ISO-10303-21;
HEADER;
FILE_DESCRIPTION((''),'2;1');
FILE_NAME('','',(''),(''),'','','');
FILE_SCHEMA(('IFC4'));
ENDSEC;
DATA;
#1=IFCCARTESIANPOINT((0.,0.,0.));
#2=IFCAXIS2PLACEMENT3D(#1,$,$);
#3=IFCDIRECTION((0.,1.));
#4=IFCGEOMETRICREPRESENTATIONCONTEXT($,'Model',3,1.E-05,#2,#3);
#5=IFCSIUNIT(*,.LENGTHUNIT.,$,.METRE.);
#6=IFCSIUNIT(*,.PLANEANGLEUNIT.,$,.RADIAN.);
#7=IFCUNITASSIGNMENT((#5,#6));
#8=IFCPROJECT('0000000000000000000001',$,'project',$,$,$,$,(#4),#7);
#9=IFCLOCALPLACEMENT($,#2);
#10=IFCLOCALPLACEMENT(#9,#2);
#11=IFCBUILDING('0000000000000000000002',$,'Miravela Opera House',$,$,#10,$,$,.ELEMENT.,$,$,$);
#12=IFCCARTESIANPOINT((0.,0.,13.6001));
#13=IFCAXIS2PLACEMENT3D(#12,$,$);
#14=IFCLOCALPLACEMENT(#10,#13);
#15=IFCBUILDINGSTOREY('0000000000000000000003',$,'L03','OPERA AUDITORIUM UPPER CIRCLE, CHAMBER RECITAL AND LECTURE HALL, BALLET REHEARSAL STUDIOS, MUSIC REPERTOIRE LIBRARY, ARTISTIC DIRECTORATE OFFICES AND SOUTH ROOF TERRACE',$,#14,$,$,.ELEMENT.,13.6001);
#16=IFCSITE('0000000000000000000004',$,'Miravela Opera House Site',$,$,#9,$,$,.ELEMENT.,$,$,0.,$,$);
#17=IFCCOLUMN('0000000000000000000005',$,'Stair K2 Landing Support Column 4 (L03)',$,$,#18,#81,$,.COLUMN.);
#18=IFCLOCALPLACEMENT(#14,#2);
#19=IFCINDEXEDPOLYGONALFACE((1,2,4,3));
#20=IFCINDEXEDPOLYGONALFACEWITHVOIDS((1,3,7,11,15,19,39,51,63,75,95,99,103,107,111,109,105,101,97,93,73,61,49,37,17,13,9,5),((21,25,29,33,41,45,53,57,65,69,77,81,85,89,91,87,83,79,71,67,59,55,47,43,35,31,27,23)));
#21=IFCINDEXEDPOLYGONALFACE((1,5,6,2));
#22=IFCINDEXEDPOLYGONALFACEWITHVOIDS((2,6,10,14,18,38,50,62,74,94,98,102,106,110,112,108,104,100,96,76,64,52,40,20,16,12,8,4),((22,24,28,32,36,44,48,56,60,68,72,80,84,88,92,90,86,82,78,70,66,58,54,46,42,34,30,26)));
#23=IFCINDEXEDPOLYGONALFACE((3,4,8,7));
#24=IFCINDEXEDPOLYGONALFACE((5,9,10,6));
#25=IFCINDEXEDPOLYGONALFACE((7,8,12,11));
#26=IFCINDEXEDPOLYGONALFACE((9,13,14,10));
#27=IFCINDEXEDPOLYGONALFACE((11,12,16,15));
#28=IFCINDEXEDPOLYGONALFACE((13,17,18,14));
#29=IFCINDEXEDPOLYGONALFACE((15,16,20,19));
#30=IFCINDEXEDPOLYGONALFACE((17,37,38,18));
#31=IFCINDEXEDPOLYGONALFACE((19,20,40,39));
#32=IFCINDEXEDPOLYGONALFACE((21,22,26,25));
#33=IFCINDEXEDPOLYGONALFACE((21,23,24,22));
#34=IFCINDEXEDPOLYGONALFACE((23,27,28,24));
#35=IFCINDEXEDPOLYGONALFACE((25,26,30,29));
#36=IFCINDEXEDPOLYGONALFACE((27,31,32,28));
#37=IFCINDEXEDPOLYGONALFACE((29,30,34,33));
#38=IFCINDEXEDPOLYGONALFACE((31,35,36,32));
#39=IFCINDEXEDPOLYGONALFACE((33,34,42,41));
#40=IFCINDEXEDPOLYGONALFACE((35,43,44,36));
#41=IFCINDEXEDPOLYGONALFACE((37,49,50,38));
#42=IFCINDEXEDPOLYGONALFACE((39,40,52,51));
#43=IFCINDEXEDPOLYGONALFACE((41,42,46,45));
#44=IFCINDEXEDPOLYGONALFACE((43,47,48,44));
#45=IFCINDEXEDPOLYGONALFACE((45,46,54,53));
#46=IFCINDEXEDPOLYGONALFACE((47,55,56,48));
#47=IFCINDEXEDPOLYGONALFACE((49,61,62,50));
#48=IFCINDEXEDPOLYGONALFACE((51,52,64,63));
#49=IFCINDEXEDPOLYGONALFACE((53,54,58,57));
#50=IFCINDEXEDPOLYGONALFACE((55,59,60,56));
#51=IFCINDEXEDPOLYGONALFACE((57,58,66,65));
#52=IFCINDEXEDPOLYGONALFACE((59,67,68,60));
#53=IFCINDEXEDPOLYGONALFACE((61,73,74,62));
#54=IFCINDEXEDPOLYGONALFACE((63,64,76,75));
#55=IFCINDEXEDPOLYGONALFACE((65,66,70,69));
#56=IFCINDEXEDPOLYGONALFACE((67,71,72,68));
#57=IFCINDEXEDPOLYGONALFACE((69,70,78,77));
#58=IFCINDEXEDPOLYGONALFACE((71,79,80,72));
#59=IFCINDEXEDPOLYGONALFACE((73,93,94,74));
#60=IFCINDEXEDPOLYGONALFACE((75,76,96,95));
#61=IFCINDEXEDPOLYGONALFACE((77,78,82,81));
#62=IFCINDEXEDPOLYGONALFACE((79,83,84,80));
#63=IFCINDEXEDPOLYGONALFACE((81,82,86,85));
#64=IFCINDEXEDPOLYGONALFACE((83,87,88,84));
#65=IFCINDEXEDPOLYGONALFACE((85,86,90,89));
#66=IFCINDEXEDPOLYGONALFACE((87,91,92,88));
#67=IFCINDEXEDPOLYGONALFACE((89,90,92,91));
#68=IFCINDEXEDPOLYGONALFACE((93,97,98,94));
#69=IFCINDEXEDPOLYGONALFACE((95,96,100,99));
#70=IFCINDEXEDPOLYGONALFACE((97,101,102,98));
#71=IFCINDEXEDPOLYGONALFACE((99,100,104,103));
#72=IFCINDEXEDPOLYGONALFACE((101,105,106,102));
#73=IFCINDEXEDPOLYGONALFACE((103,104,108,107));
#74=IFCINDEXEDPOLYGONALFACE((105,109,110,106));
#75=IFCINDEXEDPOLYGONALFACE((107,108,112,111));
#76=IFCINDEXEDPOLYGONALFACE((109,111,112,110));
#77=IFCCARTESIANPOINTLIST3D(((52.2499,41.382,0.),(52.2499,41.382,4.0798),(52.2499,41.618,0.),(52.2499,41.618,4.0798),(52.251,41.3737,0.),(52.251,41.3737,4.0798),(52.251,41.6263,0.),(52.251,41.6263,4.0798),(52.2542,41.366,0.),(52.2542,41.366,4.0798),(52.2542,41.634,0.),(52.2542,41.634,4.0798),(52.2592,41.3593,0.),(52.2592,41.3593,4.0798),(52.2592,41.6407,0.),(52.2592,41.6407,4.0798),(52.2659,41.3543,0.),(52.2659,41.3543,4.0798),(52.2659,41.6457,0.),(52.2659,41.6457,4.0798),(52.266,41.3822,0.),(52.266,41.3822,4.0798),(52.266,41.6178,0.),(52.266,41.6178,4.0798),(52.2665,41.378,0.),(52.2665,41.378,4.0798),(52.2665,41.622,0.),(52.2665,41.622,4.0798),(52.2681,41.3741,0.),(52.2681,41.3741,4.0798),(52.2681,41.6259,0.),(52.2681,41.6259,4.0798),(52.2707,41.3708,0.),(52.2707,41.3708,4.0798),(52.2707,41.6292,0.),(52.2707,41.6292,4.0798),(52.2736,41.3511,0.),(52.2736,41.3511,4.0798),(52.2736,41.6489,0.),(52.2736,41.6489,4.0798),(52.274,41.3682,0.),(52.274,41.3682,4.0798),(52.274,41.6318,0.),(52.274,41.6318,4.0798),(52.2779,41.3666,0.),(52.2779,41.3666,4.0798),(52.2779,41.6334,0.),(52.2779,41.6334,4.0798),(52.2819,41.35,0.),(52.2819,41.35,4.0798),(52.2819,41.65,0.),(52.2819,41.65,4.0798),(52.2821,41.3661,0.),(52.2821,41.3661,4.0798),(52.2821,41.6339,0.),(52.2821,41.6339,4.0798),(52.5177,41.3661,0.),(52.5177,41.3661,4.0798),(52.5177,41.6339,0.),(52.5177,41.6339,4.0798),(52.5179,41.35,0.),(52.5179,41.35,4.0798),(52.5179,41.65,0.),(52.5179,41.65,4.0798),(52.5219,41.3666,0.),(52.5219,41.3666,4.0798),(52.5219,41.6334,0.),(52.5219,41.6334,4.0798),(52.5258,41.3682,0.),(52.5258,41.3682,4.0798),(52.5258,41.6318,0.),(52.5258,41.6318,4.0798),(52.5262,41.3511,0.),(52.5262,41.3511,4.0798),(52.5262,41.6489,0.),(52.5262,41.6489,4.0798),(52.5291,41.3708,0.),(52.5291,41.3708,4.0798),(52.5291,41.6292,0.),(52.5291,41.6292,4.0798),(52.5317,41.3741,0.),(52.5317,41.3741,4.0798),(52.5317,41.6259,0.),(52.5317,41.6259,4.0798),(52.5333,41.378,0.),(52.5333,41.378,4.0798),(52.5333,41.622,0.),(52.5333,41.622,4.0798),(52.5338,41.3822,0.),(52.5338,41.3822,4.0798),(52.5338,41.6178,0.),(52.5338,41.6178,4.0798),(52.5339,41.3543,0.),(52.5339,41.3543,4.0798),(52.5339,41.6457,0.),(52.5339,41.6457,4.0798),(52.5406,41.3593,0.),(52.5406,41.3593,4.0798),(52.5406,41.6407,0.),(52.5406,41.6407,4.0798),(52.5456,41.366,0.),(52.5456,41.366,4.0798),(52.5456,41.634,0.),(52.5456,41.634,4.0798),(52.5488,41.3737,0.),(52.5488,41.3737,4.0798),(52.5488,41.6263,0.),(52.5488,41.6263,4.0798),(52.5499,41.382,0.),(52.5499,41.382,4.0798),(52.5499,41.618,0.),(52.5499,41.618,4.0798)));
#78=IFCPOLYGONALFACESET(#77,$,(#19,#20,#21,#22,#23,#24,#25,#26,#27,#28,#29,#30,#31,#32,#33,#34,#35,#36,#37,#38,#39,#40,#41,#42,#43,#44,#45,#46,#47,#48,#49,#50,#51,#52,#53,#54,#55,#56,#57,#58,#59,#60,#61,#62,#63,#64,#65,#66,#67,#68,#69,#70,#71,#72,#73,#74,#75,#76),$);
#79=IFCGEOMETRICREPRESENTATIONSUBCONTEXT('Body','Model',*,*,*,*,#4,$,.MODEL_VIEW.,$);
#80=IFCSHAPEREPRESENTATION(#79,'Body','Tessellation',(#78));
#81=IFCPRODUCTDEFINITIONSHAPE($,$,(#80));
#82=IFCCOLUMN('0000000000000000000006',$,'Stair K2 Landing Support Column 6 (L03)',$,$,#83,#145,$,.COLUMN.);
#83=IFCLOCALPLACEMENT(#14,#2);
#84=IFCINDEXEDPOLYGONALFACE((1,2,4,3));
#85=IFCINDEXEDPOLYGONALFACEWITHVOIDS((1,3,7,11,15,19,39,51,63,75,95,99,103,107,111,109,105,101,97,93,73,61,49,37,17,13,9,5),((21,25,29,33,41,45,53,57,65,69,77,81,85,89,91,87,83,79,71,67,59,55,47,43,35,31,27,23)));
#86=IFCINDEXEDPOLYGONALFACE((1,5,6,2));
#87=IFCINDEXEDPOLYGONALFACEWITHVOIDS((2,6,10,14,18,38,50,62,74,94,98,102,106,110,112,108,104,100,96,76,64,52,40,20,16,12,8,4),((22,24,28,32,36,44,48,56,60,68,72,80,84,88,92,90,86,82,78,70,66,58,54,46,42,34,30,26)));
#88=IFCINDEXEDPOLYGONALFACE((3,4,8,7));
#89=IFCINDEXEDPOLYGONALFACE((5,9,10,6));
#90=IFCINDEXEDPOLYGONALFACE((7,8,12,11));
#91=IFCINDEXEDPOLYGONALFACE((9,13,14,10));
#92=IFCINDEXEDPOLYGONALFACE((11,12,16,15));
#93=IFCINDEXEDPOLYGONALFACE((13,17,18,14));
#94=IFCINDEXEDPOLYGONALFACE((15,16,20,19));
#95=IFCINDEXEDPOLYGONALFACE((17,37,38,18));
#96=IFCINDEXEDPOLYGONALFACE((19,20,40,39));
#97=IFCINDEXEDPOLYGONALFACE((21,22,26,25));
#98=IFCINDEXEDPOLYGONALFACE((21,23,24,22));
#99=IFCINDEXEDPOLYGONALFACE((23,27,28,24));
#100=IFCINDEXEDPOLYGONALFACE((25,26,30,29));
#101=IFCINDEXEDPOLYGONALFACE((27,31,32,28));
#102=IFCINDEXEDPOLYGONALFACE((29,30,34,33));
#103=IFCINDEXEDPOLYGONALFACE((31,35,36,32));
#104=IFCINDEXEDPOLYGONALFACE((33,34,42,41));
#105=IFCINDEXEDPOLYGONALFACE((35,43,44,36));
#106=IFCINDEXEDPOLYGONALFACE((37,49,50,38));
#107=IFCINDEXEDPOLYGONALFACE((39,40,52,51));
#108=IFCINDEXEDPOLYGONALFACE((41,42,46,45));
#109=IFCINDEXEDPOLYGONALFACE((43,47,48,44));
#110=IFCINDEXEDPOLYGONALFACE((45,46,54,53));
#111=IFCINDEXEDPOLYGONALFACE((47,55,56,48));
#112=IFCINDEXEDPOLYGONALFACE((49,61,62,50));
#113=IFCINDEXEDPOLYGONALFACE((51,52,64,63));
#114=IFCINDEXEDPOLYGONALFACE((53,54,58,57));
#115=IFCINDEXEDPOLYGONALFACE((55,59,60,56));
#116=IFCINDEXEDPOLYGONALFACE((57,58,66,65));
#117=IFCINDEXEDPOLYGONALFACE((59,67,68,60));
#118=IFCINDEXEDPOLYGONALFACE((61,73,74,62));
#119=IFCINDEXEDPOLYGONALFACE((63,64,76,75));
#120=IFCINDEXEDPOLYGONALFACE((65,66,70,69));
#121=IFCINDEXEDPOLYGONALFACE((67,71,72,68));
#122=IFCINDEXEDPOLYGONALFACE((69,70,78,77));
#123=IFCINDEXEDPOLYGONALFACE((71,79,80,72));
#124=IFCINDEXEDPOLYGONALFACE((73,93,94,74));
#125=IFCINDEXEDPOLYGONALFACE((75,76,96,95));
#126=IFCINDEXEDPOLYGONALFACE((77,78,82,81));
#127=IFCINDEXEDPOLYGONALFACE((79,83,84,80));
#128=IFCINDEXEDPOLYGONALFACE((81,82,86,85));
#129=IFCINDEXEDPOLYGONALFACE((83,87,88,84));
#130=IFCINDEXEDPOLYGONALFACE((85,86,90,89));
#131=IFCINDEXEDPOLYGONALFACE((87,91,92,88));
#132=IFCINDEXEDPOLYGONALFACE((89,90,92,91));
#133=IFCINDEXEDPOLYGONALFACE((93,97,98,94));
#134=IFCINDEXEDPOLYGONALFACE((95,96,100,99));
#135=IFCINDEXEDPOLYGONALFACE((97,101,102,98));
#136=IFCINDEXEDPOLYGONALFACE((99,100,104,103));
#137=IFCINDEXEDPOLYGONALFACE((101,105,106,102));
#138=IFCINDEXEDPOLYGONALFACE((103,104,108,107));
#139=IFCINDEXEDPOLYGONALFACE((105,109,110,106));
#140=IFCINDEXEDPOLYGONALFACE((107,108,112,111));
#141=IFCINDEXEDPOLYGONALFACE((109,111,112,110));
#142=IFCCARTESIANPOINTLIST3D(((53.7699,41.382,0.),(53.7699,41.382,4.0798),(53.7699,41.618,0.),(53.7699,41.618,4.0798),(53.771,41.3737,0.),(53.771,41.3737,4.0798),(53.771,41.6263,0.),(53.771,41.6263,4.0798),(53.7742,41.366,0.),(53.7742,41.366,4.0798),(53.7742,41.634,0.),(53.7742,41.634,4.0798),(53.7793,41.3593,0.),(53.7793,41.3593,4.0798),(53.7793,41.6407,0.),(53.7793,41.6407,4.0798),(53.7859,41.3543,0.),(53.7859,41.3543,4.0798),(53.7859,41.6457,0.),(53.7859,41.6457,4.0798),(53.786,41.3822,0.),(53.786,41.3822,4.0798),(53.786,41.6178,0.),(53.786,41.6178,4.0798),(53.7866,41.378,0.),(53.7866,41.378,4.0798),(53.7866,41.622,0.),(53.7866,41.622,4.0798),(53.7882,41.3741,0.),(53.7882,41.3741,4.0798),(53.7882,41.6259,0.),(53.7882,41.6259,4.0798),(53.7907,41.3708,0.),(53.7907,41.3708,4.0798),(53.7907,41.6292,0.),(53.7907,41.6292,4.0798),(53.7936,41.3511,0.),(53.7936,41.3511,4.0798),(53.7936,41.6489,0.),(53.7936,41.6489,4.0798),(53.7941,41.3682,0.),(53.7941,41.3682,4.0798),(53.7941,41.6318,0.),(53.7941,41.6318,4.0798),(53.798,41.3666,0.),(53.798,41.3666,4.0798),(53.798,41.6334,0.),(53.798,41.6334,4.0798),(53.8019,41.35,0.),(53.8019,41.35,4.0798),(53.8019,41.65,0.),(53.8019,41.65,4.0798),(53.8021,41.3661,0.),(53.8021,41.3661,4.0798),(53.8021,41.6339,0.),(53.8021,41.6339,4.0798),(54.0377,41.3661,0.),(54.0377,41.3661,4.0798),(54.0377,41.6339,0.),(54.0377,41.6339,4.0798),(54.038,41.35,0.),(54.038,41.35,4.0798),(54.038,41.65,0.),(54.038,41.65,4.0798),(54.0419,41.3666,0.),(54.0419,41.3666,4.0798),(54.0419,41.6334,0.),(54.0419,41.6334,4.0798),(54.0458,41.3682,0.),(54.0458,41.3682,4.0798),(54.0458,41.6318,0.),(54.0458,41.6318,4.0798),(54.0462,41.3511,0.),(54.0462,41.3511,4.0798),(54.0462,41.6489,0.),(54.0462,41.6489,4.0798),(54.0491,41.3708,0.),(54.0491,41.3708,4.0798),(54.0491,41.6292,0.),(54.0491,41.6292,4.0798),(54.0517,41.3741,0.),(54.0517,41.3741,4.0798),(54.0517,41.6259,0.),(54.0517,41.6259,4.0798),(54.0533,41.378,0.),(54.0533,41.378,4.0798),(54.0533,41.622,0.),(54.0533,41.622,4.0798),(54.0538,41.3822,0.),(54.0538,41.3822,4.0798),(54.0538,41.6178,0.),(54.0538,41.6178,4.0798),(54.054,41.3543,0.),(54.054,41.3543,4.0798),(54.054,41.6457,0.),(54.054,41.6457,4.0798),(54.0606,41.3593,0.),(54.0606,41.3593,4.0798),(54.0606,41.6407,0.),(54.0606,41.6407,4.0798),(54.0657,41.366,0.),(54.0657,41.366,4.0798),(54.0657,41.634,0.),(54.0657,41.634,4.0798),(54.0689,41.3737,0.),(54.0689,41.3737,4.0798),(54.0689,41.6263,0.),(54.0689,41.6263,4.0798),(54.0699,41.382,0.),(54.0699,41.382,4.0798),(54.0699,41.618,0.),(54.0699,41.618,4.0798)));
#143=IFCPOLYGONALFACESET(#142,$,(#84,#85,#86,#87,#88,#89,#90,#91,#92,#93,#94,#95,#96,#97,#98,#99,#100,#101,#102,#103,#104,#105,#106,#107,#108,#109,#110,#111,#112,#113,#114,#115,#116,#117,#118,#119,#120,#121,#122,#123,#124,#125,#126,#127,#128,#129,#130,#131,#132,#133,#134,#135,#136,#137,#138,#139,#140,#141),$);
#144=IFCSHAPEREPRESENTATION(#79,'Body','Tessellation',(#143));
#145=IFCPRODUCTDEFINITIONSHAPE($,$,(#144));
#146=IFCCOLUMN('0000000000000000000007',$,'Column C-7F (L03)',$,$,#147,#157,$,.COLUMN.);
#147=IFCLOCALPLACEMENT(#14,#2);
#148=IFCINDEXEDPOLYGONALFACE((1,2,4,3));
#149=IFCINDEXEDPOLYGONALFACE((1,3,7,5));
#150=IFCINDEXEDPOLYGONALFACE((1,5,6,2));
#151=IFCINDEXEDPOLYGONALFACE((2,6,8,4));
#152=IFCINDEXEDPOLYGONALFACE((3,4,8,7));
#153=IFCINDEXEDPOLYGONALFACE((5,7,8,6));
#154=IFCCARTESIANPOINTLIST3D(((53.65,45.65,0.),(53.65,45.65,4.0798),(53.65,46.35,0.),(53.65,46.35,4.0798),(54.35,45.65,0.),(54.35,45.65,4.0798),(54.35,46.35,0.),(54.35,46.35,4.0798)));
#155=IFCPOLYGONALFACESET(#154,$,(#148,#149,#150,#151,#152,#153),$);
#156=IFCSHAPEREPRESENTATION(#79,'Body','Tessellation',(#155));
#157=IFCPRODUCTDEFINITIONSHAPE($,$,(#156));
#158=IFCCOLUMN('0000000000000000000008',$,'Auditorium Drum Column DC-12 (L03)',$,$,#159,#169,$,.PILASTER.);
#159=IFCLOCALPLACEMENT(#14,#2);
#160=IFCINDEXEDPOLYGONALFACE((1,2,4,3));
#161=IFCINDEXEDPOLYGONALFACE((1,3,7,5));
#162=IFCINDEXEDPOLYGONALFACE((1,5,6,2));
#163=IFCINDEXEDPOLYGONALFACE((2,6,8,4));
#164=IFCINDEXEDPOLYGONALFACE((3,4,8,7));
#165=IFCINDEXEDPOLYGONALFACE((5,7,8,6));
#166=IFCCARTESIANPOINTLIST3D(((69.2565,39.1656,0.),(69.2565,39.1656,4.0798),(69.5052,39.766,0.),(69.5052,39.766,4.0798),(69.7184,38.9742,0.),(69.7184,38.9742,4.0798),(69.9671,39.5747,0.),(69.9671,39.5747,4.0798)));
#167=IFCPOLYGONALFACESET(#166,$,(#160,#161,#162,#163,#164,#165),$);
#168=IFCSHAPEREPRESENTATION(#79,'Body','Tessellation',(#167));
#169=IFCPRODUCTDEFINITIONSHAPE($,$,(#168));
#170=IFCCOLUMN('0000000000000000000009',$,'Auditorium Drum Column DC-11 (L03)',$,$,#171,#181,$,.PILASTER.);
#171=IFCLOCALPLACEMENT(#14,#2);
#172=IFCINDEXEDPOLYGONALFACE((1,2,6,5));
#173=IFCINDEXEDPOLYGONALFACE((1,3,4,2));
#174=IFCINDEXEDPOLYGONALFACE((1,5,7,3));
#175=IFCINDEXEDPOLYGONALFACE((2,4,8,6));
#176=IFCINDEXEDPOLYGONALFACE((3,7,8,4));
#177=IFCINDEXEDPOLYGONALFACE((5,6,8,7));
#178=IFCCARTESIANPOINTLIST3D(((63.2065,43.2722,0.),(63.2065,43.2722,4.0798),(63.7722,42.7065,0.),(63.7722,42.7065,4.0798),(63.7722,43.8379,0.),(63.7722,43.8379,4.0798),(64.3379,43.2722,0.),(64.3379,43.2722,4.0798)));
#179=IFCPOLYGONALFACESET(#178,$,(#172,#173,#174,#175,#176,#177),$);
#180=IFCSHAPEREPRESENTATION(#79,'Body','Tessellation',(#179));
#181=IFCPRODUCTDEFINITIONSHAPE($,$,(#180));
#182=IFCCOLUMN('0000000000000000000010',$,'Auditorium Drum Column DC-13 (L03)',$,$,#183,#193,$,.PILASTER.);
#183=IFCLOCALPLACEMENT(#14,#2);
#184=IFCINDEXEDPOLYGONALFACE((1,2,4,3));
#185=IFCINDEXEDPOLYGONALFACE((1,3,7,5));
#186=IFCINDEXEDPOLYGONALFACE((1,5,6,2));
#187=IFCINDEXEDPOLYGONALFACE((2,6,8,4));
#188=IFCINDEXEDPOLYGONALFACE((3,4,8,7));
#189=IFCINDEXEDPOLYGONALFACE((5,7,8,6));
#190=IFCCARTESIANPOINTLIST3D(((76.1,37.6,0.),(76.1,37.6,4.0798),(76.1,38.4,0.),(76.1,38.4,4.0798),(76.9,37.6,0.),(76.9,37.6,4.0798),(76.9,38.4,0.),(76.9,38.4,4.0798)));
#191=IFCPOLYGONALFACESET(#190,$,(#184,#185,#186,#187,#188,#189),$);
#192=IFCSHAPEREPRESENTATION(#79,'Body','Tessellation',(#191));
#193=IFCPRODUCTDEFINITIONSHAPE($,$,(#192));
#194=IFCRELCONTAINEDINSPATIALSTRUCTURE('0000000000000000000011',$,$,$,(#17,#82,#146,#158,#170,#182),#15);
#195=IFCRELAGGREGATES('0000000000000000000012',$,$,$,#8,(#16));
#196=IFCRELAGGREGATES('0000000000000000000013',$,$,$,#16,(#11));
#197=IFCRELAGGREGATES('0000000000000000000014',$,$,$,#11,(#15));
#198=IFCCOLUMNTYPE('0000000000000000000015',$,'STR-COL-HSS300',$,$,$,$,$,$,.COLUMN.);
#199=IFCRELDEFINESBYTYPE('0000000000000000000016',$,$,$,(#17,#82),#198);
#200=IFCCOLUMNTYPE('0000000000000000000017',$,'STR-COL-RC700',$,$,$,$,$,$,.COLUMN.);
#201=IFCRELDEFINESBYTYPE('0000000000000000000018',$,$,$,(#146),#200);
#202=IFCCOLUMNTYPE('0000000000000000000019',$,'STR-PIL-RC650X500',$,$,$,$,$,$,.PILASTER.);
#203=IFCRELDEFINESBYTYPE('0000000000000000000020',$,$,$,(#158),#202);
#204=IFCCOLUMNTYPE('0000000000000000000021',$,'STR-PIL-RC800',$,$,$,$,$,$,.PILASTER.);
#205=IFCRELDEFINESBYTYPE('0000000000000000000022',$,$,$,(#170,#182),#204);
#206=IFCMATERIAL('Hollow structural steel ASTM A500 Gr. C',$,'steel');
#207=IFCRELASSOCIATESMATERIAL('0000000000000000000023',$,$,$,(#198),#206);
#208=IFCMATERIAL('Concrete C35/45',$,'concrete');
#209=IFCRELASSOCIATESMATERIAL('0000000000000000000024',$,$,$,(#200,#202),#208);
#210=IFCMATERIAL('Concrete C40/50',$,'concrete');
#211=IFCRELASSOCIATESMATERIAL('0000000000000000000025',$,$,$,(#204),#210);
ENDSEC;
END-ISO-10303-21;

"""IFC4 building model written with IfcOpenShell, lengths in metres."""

from ifc_helpers import new_model, si_unit, direction, frame, origin, origin_2d, place, context, subcontext, project, spatial, rectangle, hollow_rectangle, extrude, material, material_profile, profile_set, type_object, element, save


model = new_model("IFC4")

# Units and contexts
model_context = context("Model", 3, precision=1e-05, world=origin(), true_north=direction((0.0, 1.0)))
body_context = subcontext(model_context, "Body", "Model", "MODEL_VIEW")
ifc_project = project(units=[si_unit("LENGTHUNIT", "METRE"), si_unit("PLANEANGLEUNIT", "RADIAN")], contexts=[model_context])

# Site, building, storey
site_placement = place(None, origin())
site = spatial("IfcSite", under=ifc_project, at=site_placement, Name="Miravela Opera House Site", CompositionType="ELEMENT", RefElevation=0.0)
building_placement = place(site_placement, origin())
building = spatial("IfcBuilding", under=site, at=building_placement, Name="Miravela Opera House", CompositionType="ELEMENT")
storey_placement = place(building_placement, frame((0.0, 0.0, 13.6001)))
storey = spatial("IfcBuildingStorey", under=building, at=storey_placement, Name="L03", Description="OPERA AUDITORIUM UPPER CIRCLE, CHAMBER RECITAL AND LECTURE HALL, BALLET REHEARSAL STUDIOS, MUSIC REPERTOIRE LIBRARY, ARTISTIC DIRECTORATE OFFICES AND SOUTH ROOF TERRACE", CompositionType="ELEMENT", Elevation=13.6001)

# Columns
ifc_material_1 = material(Name="Hollow structural steel ASTM A500 Gr. C", Category="steel")
ifc_material_profile_1 = material_profile(ifc_material_1, hollow_rectangle(XDim=0.3, YDim=0.3, WallThickness=0.0161, InnerFilletRadius=0.0161, OuterFilletRadius=0.032, at=origin_2d()), Name="HSS300X300X16")
ifc_profile_set_1 = profile_set([ifc_material_profile_1])
column_type_1 = type_object("IfcColumnType", Name="STR-COL-HSS300", PredefinedType="COLUMN", material=ifc_profile_set_1)
for number, where, z_axis, x_axis, name in (
    (1, (52.3999, 41.5, 0.0), (0.0, 0.0, 1.0), (1.0, 0.0, 0.0), "Stair K2 Landing Support Column 4 (L03)"),
    (2, (53.9199, 41.5, 0.0), (0.0, 0.0, 1.0), (1.0, 0.0, 0.0), "Stair K2 Landing Support Column 6 (L03)"),
):
    element("IfcColumn", number, at=place(storey_placement, frame(where, z_axis=z_axis, x_axis=x_axis)), inside=storey, type_object=column_type_1, Name=name, PredefinedType="COLUMN", context=body_context, shape_type="SweptSolid", body=[
        extrude(hollow_rectangle(XDim=0.3, YDim=0.3, WallThickness=0.0161, InnerFilletRadius=0.0161, OuterFilletRadius=0.032, at=origin_2d()), origin(), (0.0, 0.0, 1.0), 4.0798),
    ])
ifc_material_2 = material(Name="Concrete C35/45", Category="concrete")
ifc_material_profile_2 = material_profile(ifc_material_2, rectangle(XDim=0.7, YDim=0.7, at=origin_2d()), Name="RC-COL-700X700")
ifc_profile_set_2 = profile_set([ifc_material_profile_2])
column_type_2 = type_object("IfcColumnType", Name="STR-COL-RC700", PredefinedType="COLUMN", material=ifc_profile_set_2)
column_1_placement = place(storey_placement, frame((54.0, 46.0, 0.0), z_axis=(0.0, 0.0, 1.0), x_axis=(1.0, 0.0, 0.0)))
element("IfcColumn", 3, at=column_1_placement, inside=storey, type_object=column_type_2, Name="Column C-7F (L03)", PredefinedType="COLUMN", context=body_context, shape_type="SweptSolid", body=[
    extrude(rectangle(XDim=0.7, YDim=0.7, at=origin_2d()), origin(), (0.0, 0.0, 1.0), 4.0798),
])
ifc_material_profile_3 = material_profile(ifc_material_2, rectangle(XDim=0.6499, YDim=0.5, at=origin_2d()), Name="RC-PIL-650X500")
ifc_profile_set_3 = profile_set([ifc_material_profile_3])
column_type_3 = type_object("IfcColumnType", Name="STR-PIL-RC650X500", PredefinedType="PILASTER", material=ifc_profile_set_3)
column_2_placement = place(storey_placement, frame((69.6118, 39.3701, 0.0), z_axis=(0.0, 0.0, 1.0), x_axis=(-0.382683, -0.92388, 0.0)))
element("IfcColumn", 4, at=column_2_placement, inside=storey, type_object=column_type_3, Name="Auditorium Drum Column DC-12 (L03)", PredefinedType="PILASTER", context=body_context, shape_type="SweptSolid", body=[
    extrude(rectangle(XDim=0.6499, YDim=0.5, at=origin_2d()), origin(), (0.0, 0.0, 1.0), 4.0798),
])
ifc_material_3 = material(Name="Concrete C40/50", Category="concrete")
ifc_material_profile_4 = material_profile(ifc_material_3, rectangle(XDim=0.8, YDim=0.8, at=origin_2d()), Name="RC-COL-800X800")
ifc_profile_set_4 = profile_set([ifc_material_profile_4])
column_type_4 = type_object("IfcColumnType", Name="STR-PIL-RC800", PredefinedType="PILASTER", material=ifc_profile_set_4)
for number, where, z_axis, x_axis, name in (
    (5, (63.7722, 43.2722, 0.0), (0.0, 0.0, 1.0), (-0.707107, -0.707107, 0.0), "Auditorium Drum Column DC-11 (L03)"),
    (6, (76.5, 38.0, 0.0), (0.0, 0.0, 1.0), (0.0, -1.0, 0.0), "Auditorium Drum Column DC-13 (L03)"),
):
    element("IfcColumn", number, at=place(storey_placement, frame(where, z_axis=z_axis, x_axis=x_axis)), inside=storey, type_object=column_type_4, Name=name, PredefinedType="PILASTER", context=body_context, shape_type="SweptSolid", body=[
        extrude(rectangle(XDim=0.8, YDim=0.8, at=origin_2d()), origin(), (0.0, 0.0, 1.0), 4.0798),
    ])

save(model, "model.ifc")
